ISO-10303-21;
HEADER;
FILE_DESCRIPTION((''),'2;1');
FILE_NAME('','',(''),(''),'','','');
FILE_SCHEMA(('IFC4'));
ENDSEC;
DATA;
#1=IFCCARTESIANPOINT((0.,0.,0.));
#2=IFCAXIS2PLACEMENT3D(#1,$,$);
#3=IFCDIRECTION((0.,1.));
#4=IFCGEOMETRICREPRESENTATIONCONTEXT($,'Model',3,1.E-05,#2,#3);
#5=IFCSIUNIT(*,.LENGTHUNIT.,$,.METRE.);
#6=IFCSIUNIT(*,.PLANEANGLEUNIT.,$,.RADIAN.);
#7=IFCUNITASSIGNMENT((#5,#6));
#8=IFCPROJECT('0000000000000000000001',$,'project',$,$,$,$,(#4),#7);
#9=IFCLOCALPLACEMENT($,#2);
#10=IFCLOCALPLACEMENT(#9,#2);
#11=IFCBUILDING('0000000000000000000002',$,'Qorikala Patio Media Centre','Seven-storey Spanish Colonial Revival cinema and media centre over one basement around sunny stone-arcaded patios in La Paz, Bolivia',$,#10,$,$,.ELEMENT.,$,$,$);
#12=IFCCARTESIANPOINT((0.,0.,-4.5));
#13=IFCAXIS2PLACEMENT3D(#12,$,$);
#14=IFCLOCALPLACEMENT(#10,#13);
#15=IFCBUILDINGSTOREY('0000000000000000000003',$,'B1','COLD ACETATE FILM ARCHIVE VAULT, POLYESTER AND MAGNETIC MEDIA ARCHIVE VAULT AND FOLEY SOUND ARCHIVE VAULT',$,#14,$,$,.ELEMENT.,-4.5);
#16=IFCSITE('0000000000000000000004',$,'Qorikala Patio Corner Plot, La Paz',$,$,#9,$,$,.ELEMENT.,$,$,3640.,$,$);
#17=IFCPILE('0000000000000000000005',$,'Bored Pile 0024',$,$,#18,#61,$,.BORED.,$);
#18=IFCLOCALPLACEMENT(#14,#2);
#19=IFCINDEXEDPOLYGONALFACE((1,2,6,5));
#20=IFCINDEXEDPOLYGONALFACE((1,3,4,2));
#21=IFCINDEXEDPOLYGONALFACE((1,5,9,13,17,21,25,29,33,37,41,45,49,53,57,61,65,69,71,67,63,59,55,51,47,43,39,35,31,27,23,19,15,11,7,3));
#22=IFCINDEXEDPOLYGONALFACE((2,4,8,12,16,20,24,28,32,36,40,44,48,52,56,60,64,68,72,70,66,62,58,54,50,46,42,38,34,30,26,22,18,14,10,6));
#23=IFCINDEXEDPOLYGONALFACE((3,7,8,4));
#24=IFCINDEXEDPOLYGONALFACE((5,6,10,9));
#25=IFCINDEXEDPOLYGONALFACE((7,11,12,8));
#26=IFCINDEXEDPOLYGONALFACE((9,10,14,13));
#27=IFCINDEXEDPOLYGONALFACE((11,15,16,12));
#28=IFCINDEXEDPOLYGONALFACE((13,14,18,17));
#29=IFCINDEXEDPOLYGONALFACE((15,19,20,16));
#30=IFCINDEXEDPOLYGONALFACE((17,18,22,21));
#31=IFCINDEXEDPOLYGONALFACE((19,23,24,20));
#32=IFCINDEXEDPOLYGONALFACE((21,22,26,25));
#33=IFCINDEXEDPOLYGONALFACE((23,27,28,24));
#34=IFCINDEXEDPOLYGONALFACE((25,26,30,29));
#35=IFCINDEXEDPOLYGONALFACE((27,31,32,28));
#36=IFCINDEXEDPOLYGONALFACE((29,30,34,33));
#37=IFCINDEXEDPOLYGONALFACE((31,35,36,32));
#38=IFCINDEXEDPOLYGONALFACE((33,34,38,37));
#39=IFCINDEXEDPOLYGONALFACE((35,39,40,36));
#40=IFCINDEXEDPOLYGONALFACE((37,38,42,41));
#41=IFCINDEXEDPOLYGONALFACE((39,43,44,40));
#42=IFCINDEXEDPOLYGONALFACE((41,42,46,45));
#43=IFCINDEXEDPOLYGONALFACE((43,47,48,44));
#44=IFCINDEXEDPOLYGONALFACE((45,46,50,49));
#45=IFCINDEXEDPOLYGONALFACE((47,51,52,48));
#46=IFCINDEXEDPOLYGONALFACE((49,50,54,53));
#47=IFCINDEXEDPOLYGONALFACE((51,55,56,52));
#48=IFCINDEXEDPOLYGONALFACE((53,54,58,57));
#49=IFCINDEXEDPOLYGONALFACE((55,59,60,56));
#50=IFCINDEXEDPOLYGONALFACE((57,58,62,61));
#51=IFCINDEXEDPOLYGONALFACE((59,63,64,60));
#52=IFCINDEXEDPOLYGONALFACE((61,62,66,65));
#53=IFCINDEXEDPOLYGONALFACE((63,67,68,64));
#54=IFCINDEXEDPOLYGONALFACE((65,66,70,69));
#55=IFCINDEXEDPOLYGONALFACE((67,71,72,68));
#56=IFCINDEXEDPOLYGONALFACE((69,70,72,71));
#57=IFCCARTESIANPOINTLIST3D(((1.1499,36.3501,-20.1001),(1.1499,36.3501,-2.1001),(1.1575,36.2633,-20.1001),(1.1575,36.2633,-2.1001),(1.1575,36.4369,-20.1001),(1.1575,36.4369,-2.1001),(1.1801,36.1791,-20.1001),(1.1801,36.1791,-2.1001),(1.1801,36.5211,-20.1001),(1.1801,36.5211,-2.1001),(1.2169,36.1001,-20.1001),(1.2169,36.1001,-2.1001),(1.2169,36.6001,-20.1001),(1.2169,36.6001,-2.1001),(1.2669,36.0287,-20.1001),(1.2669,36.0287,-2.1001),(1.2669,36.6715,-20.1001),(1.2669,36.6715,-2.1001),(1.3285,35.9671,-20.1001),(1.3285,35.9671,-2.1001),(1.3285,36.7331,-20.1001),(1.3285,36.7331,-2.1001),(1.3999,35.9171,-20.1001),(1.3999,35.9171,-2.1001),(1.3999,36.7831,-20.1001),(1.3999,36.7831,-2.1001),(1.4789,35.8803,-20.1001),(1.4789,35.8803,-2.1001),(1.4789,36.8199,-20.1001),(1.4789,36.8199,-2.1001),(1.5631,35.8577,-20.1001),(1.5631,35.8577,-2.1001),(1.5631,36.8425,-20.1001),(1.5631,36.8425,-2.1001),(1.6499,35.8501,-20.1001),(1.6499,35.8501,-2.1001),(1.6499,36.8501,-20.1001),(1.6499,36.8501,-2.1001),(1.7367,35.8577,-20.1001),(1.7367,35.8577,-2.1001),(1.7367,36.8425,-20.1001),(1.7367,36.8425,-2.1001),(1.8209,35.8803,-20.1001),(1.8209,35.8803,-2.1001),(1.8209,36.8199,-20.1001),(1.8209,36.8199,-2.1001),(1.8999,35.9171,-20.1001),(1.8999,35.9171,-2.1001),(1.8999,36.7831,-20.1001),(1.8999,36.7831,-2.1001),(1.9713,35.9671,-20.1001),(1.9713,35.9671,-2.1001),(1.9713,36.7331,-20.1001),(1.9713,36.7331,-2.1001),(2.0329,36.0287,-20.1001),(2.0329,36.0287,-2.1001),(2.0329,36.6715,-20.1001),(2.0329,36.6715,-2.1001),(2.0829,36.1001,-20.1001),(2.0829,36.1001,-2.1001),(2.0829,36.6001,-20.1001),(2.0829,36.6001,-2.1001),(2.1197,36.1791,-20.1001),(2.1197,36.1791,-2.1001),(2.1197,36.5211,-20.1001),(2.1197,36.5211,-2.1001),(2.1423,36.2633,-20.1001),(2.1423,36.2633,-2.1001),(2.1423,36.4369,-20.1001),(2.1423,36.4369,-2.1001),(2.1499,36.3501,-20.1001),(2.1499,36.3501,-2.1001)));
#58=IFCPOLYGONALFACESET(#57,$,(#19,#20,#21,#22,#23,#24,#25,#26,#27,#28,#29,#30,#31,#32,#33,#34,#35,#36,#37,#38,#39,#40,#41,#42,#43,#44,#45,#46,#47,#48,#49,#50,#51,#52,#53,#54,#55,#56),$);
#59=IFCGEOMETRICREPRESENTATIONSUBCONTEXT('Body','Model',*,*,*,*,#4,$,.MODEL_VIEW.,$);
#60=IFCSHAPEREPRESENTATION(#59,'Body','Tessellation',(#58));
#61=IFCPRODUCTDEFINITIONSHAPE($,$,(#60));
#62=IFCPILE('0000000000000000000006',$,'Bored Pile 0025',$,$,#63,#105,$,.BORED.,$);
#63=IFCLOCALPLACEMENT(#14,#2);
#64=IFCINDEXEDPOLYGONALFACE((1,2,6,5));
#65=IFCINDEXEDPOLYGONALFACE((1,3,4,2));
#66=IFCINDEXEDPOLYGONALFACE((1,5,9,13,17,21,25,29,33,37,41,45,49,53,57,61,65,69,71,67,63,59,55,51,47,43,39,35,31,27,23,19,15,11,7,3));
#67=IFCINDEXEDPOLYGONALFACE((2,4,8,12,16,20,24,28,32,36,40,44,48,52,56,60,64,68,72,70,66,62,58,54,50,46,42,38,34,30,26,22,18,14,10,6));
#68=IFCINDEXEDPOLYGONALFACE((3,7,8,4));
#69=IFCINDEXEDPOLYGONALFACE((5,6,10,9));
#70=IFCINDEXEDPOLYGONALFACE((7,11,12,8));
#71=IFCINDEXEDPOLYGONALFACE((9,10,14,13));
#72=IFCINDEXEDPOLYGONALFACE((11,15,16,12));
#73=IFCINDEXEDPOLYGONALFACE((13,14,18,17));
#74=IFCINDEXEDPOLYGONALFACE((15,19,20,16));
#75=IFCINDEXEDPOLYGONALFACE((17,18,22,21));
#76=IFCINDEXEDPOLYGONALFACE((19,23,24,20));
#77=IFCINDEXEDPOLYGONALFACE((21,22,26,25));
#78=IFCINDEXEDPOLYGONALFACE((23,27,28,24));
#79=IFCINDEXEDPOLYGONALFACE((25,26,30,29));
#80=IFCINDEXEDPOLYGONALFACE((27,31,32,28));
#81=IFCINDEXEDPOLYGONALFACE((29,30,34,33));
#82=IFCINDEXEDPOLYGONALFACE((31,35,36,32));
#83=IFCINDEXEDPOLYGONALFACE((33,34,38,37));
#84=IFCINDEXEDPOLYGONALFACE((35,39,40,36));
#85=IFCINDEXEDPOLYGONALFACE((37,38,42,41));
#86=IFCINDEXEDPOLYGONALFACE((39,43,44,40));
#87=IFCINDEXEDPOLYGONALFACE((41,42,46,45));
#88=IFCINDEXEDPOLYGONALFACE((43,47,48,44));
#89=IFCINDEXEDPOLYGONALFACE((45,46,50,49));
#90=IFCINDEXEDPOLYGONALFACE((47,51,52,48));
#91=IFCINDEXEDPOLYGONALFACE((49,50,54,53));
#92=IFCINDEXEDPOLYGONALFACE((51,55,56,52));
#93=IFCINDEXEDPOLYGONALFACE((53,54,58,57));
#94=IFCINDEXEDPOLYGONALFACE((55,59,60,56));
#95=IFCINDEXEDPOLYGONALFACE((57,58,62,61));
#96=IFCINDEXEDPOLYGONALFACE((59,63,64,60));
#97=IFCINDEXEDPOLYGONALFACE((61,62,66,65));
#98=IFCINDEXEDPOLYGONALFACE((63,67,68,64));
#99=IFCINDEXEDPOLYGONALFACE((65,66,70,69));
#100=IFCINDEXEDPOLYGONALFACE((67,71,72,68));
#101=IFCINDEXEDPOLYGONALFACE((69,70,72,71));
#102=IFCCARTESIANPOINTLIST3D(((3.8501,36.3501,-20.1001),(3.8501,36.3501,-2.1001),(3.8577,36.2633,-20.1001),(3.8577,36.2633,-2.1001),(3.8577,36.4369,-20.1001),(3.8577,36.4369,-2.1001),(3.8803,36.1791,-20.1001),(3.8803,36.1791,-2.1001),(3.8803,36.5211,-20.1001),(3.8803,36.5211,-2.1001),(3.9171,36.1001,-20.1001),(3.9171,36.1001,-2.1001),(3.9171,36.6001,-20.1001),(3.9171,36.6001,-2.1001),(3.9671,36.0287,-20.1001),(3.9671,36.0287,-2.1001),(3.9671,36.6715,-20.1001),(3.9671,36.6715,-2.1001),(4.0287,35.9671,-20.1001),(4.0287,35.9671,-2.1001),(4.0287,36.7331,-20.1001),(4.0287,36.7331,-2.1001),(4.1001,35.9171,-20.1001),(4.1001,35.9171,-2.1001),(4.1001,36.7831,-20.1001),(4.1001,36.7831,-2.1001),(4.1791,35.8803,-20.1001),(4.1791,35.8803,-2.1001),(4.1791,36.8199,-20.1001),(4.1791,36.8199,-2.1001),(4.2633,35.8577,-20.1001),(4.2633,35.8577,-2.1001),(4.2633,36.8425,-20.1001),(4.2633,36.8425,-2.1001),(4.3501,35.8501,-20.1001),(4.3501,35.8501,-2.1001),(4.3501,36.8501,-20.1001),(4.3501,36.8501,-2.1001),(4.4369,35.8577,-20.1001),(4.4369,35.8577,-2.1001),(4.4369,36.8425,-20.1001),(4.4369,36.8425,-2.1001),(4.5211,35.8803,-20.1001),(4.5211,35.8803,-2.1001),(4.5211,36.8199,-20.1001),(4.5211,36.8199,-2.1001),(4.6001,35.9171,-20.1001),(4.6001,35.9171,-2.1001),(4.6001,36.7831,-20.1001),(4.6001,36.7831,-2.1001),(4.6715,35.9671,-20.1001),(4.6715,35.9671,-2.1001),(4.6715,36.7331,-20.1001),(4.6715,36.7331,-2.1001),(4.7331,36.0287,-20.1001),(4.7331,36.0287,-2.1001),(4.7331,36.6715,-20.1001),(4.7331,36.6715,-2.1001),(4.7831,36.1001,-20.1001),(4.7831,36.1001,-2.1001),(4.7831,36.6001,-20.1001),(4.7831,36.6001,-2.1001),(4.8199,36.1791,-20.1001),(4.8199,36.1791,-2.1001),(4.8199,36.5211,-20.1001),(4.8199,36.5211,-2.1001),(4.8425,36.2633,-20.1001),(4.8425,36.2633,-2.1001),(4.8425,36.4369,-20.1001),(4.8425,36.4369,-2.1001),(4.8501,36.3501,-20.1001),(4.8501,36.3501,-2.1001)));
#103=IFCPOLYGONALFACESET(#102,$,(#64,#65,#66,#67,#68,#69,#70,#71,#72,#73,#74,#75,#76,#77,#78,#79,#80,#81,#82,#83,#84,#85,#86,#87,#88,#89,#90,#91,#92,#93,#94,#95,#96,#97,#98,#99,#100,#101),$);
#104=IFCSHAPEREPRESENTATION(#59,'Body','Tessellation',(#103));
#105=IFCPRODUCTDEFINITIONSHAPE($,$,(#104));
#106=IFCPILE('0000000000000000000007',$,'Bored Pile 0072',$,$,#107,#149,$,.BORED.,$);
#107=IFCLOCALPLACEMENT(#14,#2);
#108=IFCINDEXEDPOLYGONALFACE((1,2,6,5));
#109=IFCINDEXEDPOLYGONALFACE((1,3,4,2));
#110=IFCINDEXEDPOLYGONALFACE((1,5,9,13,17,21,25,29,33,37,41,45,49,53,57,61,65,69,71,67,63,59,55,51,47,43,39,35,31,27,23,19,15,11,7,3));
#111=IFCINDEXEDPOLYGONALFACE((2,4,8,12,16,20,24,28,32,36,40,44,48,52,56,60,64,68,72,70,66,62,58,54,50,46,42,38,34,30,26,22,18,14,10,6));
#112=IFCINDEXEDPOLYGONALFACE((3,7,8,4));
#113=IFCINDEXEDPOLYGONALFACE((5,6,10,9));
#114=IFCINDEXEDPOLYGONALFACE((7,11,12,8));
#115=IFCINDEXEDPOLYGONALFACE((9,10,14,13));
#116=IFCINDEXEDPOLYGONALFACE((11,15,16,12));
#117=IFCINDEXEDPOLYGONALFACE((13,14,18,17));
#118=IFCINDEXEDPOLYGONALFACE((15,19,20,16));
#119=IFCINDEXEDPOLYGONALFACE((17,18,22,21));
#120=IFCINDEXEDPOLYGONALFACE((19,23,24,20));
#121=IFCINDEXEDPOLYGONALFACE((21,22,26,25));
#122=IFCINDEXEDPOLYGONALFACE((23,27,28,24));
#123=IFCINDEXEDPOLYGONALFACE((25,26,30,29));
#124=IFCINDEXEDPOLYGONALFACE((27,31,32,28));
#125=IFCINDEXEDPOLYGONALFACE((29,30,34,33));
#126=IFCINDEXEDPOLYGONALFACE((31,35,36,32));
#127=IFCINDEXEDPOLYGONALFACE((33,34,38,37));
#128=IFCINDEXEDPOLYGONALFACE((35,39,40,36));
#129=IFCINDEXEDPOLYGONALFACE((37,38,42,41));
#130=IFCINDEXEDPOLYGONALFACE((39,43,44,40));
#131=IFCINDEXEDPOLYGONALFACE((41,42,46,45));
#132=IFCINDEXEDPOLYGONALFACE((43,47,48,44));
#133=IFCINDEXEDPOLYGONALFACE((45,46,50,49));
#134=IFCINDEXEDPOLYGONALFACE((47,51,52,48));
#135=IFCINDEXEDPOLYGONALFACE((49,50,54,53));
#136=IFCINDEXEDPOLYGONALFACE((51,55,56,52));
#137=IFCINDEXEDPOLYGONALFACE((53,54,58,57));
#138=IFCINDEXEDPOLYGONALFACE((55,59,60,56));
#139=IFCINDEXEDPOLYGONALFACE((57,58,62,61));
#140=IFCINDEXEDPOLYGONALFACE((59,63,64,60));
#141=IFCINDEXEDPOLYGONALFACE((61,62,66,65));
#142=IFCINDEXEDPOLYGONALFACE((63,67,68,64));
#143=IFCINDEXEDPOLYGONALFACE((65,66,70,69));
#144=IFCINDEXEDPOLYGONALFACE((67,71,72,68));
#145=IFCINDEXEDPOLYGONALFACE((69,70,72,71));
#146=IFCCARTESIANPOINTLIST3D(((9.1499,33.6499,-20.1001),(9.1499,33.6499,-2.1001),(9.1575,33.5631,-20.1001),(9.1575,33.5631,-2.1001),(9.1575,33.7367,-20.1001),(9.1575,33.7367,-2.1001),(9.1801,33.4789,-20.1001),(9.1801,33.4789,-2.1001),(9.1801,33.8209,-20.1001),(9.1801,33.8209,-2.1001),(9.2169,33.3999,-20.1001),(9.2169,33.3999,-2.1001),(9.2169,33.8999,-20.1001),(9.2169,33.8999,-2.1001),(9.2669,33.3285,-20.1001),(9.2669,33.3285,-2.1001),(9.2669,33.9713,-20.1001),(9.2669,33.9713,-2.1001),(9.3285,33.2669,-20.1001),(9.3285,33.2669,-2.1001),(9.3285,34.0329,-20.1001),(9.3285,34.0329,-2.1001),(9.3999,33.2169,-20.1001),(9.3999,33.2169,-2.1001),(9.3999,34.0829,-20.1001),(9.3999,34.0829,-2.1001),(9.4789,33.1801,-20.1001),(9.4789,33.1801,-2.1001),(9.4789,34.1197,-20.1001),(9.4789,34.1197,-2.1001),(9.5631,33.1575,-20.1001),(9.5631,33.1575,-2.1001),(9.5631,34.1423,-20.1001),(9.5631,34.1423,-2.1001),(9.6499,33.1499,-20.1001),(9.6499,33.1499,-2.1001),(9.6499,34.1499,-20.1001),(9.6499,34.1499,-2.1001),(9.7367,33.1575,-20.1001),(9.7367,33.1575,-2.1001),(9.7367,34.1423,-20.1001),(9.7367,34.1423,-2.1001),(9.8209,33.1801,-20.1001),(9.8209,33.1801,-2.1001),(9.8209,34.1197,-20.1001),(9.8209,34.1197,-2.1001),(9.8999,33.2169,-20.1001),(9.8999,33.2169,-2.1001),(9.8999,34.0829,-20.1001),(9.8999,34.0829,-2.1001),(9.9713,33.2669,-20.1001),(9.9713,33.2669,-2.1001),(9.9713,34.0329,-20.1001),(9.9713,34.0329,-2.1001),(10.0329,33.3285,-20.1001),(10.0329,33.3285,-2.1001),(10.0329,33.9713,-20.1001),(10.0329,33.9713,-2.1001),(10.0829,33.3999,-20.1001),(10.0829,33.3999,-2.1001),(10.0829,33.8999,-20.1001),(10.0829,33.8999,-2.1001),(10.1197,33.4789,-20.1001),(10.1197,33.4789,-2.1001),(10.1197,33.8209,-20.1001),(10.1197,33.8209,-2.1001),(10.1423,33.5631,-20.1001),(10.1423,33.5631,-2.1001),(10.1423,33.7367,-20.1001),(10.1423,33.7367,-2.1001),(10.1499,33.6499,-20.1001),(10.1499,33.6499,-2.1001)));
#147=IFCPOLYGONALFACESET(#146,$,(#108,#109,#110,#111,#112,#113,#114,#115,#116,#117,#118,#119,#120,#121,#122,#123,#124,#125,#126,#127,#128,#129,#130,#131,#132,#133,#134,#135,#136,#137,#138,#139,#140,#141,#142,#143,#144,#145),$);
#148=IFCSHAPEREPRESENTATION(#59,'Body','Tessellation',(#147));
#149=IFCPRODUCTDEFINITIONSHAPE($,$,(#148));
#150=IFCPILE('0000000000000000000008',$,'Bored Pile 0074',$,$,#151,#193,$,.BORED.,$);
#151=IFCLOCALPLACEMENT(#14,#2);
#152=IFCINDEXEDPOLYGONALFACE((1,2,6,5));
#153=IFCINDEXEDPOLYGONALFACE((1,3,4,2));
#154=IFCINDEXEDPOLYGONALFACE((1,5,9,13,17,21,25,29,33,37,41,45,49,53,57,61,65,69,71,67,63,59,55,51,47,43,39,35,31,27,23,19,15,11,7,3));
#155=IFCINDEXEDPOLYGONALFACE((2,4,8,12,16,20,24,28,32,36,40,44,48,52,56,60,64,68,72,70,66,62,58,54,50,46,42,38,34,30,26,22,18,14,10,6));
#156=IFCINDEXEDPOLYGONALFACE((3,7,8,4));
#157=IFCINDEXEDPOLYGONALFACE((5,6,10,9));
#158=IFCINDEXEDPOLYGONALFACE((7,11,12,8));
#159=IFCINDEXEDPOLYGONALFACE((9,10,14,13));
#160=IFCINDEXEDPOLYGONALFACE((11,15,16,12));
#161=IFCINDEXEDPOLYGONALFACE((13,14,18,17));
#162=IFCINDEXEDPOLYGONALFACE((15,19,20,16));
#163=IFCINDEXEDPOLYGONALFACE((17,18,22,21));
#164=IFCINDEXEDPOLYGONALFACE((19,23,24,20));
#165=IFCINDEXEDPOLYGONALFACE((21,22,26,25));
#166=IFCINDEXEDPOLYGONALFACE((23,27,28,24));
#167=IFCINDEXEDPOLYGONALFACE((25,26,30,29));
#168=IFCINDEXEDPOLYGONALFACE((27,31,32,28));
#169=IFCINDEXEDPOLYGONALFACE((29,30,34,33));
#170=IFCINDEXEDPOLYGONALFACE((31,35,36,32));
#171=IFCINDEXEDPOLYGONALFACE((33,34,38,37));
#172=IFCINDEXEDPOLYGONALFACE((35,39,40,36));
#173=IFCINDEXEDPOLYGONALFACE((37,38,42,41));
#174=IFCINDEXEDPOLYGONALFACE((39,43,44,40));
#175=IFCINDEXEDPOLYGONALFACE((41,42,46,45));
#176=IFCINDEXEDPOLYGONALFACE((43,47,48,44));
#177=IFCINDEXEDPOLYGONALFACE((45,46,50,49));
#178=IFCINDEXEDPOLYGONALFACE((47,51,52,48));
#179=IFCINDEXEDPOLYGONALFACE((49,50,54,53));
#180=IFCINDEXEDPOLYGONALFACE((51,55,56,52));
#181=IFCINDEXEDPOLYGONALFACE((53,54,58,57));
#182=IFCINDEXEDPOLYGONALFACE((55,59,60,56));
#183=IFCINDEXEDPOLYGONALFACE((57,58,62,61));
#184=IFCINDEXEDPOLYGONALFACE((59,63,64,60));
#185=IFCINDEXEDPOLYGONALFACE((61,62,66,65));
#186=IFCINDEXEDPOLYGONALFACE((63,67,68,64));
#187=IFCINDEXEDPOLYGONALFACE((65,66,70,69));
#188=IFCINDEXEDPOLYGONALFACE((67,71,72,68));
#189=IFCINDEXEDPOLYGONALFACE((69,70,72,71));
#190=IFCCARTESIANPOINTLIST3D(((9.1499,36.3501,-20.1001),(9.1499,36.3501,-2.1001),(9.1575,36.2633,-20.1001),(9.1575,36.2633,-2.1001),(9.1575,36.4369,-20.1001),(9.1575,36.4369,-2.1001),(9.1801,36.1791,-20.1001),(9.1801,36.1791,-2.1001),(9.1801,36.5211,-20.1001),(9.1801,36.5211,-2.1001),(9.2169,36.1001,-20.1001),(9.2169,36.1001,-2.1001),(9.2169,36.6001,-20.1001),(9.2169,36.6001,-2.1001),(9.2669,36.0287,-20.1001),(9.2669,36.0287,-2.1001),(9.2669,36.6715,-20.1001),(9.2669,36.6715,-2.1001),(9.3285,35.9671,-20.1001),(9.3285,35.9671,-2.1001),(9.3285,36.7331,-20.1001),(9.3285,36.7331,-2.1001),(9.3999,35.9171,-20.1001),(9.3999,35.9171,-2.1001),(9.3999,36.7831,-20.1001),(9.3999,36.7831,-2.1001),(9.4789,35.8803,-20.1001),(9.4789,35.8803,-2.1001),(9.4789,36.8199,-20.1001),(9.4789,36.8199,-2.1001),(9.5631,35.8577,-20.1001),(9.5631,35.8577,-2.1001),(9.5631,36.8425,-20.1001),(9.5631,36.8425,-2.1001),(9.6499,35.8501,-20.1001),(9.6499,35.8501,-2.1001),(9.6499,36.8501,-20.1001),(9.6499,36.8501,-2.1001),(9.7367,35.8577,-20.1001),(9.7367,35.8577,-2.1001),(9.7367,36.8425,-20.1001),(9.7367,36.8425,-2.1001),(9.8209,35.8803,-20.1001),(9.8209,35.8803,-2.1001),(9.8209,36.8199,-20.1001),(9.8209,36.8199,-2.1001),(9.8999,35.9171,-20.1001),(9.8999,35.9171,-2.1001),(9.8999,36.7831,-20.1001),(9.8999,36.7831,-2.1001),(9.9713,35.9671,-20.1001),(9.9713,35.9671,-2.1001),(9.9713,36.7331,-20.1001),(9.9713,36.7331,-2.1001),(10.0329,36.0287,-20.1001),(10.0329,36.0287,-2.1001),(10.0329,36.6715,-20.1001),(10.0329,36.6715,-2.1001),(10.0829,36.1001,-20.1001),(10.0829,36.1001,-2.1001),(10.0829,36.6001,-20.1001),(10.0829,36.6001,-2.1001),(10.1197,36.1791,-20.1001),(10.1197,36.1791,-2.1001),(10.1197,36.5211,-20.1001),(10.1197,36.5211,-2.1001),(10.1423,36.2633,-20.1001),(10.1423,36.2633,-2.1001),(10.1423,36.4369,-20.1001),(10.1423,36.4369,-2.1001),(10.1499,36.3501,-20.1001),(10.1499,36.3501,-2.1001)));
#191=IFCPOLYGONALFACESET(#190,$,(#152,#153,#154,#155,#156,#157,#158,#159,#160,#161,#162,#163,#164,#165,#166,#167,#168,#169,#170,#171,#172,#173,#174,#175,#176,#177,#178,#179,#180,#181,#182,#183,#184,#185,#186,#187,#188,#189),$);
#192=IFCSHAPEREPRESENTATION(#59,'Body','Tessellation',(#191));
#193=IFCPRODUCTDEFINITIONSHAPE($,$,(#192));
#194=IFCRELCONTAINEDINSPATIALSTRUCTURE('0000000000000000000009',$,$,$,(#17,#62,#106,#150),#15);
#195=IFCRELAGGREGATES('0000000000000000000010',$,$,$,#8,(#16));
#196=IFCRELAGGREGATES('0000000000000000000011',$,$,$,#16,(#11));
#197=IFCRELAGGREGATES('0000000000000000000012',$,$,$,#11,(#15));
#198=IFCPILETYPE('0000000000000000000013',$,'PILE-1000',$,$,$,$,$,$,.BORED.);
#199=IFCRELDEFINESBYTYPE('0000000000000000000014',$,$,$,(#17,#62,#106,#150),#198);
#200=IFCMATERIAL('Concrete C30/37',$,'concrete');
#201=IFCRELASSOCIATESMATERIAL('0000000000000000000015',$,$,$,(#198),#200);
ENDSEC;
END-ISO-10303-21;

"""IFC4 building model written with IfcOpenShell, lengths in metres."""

from ifc_helpers import new_model, si_unit, direction, frame, origin, origin_2d, place, context, subcontext, project, spatial, circle, extrude, material, material_profile, profile_set, type_object, element, save


model = new_model("IFC4")

# Units and contexts
model_context = context("Model", 3, precision=1e-05, world=origin(), true_north=direction((0.0, 1.0)))
body_context = subcontext(model_context, "Body", "Model", "MODEL_VIEW")
ifc_project = project(units=[si_unit("LENGTHUNIT", "METRE"), si_unit("PLANEANGLEUNIT", "RADIAN")], contexts=[model_context])

# Site, building, storey
site_placement = place(None, origin())
site = spatial("IfcSite", under=ifc_project, at=site_placement, Name="Qorikala Patio Corner Plot, La Paz", CompositionType="ELEMENT", RefElevation=3640.0)
building_placement = place(site_placement, origin())
building = spatial("IfcBuilding", under=site, at=building_placement, Name="Qorikala Patio Media Centre", Description="Seven-storey Spanish Colonial Revival cinema and media centre over one basement around sunny stone-arcaded patios in La Paz, Bolivia", CompositionType="ELEMENT")
storey_placement = place(building_placement, frame((0.0, 0.0, -4.5)))
storey = spatial("IfcBuildingStorey", under=building, at=storey_placement, Name="B1", Description="COLD ACETATE FILM ARCHIVE VAULT, POLYESTER AND MAGNETIC MEDIA ARCHIVE VAULT AND FOLEY SOUND ARCHIVE VAULT", CompositionType="ELEMENT", Elevation=-4.5)

# Shared definitions
ifc_material_1 = material(Name="Concrete C30/37", Category="concrete")

# Piles
ifc_material_profile_1 = material_profile(ifc_material_1, circle(Radius=0.5, at=origin_2d()), Name="BORED PILE 1000")
ifc_profile_set_1 = profile_set([ifc_material_profile_1], Name="Concrete C30/37")
pile_type_1 = type_object("IfcPileType", Name="PILE-1000", PredefinedType="BORED", material=ifc_profile_set_1)
for number, where, z_axis, x_axis, name in (
    (1, (1.6499, 36.3501, -2.1001), (0.0, 0.0, -1.0), (1.0, 0.0, 0.0), "Bored Pile 0024"),
    (2, (4.3501, 36.3501, -2.1001), (0.0, 0.0, -1.0), (1.0, 0.0, 0.0), "Bored Pile 0025"),
    (3, (9.6499, 33.6499, -2.1001), (0.0, 0.0, -1.0), (1.0, 0.0, 0.0), "Bored Pile 0072"),
    (4, (9.6499, 36.3501, -2.1001), (0.0, 0.0, -1.0), (1.0, 0.0, 0.0), "Bored Pile 0074"),
):
    element("IfcPile", number, at=place(storey_placement, frame(where, z_axis=z_axis, x_axis=x_axis)), inside=storey, type_object=pile_type_1, Name=name, PredefinedType="BORED", context=body_context, shape_type="SweptSolid", body=[
        extrude(circle(Radius=0.5, at=origin_2d()), origin(), (0.0, 0.0, 1.0), 18.0),
    ])

save(model, "model.ifc")
